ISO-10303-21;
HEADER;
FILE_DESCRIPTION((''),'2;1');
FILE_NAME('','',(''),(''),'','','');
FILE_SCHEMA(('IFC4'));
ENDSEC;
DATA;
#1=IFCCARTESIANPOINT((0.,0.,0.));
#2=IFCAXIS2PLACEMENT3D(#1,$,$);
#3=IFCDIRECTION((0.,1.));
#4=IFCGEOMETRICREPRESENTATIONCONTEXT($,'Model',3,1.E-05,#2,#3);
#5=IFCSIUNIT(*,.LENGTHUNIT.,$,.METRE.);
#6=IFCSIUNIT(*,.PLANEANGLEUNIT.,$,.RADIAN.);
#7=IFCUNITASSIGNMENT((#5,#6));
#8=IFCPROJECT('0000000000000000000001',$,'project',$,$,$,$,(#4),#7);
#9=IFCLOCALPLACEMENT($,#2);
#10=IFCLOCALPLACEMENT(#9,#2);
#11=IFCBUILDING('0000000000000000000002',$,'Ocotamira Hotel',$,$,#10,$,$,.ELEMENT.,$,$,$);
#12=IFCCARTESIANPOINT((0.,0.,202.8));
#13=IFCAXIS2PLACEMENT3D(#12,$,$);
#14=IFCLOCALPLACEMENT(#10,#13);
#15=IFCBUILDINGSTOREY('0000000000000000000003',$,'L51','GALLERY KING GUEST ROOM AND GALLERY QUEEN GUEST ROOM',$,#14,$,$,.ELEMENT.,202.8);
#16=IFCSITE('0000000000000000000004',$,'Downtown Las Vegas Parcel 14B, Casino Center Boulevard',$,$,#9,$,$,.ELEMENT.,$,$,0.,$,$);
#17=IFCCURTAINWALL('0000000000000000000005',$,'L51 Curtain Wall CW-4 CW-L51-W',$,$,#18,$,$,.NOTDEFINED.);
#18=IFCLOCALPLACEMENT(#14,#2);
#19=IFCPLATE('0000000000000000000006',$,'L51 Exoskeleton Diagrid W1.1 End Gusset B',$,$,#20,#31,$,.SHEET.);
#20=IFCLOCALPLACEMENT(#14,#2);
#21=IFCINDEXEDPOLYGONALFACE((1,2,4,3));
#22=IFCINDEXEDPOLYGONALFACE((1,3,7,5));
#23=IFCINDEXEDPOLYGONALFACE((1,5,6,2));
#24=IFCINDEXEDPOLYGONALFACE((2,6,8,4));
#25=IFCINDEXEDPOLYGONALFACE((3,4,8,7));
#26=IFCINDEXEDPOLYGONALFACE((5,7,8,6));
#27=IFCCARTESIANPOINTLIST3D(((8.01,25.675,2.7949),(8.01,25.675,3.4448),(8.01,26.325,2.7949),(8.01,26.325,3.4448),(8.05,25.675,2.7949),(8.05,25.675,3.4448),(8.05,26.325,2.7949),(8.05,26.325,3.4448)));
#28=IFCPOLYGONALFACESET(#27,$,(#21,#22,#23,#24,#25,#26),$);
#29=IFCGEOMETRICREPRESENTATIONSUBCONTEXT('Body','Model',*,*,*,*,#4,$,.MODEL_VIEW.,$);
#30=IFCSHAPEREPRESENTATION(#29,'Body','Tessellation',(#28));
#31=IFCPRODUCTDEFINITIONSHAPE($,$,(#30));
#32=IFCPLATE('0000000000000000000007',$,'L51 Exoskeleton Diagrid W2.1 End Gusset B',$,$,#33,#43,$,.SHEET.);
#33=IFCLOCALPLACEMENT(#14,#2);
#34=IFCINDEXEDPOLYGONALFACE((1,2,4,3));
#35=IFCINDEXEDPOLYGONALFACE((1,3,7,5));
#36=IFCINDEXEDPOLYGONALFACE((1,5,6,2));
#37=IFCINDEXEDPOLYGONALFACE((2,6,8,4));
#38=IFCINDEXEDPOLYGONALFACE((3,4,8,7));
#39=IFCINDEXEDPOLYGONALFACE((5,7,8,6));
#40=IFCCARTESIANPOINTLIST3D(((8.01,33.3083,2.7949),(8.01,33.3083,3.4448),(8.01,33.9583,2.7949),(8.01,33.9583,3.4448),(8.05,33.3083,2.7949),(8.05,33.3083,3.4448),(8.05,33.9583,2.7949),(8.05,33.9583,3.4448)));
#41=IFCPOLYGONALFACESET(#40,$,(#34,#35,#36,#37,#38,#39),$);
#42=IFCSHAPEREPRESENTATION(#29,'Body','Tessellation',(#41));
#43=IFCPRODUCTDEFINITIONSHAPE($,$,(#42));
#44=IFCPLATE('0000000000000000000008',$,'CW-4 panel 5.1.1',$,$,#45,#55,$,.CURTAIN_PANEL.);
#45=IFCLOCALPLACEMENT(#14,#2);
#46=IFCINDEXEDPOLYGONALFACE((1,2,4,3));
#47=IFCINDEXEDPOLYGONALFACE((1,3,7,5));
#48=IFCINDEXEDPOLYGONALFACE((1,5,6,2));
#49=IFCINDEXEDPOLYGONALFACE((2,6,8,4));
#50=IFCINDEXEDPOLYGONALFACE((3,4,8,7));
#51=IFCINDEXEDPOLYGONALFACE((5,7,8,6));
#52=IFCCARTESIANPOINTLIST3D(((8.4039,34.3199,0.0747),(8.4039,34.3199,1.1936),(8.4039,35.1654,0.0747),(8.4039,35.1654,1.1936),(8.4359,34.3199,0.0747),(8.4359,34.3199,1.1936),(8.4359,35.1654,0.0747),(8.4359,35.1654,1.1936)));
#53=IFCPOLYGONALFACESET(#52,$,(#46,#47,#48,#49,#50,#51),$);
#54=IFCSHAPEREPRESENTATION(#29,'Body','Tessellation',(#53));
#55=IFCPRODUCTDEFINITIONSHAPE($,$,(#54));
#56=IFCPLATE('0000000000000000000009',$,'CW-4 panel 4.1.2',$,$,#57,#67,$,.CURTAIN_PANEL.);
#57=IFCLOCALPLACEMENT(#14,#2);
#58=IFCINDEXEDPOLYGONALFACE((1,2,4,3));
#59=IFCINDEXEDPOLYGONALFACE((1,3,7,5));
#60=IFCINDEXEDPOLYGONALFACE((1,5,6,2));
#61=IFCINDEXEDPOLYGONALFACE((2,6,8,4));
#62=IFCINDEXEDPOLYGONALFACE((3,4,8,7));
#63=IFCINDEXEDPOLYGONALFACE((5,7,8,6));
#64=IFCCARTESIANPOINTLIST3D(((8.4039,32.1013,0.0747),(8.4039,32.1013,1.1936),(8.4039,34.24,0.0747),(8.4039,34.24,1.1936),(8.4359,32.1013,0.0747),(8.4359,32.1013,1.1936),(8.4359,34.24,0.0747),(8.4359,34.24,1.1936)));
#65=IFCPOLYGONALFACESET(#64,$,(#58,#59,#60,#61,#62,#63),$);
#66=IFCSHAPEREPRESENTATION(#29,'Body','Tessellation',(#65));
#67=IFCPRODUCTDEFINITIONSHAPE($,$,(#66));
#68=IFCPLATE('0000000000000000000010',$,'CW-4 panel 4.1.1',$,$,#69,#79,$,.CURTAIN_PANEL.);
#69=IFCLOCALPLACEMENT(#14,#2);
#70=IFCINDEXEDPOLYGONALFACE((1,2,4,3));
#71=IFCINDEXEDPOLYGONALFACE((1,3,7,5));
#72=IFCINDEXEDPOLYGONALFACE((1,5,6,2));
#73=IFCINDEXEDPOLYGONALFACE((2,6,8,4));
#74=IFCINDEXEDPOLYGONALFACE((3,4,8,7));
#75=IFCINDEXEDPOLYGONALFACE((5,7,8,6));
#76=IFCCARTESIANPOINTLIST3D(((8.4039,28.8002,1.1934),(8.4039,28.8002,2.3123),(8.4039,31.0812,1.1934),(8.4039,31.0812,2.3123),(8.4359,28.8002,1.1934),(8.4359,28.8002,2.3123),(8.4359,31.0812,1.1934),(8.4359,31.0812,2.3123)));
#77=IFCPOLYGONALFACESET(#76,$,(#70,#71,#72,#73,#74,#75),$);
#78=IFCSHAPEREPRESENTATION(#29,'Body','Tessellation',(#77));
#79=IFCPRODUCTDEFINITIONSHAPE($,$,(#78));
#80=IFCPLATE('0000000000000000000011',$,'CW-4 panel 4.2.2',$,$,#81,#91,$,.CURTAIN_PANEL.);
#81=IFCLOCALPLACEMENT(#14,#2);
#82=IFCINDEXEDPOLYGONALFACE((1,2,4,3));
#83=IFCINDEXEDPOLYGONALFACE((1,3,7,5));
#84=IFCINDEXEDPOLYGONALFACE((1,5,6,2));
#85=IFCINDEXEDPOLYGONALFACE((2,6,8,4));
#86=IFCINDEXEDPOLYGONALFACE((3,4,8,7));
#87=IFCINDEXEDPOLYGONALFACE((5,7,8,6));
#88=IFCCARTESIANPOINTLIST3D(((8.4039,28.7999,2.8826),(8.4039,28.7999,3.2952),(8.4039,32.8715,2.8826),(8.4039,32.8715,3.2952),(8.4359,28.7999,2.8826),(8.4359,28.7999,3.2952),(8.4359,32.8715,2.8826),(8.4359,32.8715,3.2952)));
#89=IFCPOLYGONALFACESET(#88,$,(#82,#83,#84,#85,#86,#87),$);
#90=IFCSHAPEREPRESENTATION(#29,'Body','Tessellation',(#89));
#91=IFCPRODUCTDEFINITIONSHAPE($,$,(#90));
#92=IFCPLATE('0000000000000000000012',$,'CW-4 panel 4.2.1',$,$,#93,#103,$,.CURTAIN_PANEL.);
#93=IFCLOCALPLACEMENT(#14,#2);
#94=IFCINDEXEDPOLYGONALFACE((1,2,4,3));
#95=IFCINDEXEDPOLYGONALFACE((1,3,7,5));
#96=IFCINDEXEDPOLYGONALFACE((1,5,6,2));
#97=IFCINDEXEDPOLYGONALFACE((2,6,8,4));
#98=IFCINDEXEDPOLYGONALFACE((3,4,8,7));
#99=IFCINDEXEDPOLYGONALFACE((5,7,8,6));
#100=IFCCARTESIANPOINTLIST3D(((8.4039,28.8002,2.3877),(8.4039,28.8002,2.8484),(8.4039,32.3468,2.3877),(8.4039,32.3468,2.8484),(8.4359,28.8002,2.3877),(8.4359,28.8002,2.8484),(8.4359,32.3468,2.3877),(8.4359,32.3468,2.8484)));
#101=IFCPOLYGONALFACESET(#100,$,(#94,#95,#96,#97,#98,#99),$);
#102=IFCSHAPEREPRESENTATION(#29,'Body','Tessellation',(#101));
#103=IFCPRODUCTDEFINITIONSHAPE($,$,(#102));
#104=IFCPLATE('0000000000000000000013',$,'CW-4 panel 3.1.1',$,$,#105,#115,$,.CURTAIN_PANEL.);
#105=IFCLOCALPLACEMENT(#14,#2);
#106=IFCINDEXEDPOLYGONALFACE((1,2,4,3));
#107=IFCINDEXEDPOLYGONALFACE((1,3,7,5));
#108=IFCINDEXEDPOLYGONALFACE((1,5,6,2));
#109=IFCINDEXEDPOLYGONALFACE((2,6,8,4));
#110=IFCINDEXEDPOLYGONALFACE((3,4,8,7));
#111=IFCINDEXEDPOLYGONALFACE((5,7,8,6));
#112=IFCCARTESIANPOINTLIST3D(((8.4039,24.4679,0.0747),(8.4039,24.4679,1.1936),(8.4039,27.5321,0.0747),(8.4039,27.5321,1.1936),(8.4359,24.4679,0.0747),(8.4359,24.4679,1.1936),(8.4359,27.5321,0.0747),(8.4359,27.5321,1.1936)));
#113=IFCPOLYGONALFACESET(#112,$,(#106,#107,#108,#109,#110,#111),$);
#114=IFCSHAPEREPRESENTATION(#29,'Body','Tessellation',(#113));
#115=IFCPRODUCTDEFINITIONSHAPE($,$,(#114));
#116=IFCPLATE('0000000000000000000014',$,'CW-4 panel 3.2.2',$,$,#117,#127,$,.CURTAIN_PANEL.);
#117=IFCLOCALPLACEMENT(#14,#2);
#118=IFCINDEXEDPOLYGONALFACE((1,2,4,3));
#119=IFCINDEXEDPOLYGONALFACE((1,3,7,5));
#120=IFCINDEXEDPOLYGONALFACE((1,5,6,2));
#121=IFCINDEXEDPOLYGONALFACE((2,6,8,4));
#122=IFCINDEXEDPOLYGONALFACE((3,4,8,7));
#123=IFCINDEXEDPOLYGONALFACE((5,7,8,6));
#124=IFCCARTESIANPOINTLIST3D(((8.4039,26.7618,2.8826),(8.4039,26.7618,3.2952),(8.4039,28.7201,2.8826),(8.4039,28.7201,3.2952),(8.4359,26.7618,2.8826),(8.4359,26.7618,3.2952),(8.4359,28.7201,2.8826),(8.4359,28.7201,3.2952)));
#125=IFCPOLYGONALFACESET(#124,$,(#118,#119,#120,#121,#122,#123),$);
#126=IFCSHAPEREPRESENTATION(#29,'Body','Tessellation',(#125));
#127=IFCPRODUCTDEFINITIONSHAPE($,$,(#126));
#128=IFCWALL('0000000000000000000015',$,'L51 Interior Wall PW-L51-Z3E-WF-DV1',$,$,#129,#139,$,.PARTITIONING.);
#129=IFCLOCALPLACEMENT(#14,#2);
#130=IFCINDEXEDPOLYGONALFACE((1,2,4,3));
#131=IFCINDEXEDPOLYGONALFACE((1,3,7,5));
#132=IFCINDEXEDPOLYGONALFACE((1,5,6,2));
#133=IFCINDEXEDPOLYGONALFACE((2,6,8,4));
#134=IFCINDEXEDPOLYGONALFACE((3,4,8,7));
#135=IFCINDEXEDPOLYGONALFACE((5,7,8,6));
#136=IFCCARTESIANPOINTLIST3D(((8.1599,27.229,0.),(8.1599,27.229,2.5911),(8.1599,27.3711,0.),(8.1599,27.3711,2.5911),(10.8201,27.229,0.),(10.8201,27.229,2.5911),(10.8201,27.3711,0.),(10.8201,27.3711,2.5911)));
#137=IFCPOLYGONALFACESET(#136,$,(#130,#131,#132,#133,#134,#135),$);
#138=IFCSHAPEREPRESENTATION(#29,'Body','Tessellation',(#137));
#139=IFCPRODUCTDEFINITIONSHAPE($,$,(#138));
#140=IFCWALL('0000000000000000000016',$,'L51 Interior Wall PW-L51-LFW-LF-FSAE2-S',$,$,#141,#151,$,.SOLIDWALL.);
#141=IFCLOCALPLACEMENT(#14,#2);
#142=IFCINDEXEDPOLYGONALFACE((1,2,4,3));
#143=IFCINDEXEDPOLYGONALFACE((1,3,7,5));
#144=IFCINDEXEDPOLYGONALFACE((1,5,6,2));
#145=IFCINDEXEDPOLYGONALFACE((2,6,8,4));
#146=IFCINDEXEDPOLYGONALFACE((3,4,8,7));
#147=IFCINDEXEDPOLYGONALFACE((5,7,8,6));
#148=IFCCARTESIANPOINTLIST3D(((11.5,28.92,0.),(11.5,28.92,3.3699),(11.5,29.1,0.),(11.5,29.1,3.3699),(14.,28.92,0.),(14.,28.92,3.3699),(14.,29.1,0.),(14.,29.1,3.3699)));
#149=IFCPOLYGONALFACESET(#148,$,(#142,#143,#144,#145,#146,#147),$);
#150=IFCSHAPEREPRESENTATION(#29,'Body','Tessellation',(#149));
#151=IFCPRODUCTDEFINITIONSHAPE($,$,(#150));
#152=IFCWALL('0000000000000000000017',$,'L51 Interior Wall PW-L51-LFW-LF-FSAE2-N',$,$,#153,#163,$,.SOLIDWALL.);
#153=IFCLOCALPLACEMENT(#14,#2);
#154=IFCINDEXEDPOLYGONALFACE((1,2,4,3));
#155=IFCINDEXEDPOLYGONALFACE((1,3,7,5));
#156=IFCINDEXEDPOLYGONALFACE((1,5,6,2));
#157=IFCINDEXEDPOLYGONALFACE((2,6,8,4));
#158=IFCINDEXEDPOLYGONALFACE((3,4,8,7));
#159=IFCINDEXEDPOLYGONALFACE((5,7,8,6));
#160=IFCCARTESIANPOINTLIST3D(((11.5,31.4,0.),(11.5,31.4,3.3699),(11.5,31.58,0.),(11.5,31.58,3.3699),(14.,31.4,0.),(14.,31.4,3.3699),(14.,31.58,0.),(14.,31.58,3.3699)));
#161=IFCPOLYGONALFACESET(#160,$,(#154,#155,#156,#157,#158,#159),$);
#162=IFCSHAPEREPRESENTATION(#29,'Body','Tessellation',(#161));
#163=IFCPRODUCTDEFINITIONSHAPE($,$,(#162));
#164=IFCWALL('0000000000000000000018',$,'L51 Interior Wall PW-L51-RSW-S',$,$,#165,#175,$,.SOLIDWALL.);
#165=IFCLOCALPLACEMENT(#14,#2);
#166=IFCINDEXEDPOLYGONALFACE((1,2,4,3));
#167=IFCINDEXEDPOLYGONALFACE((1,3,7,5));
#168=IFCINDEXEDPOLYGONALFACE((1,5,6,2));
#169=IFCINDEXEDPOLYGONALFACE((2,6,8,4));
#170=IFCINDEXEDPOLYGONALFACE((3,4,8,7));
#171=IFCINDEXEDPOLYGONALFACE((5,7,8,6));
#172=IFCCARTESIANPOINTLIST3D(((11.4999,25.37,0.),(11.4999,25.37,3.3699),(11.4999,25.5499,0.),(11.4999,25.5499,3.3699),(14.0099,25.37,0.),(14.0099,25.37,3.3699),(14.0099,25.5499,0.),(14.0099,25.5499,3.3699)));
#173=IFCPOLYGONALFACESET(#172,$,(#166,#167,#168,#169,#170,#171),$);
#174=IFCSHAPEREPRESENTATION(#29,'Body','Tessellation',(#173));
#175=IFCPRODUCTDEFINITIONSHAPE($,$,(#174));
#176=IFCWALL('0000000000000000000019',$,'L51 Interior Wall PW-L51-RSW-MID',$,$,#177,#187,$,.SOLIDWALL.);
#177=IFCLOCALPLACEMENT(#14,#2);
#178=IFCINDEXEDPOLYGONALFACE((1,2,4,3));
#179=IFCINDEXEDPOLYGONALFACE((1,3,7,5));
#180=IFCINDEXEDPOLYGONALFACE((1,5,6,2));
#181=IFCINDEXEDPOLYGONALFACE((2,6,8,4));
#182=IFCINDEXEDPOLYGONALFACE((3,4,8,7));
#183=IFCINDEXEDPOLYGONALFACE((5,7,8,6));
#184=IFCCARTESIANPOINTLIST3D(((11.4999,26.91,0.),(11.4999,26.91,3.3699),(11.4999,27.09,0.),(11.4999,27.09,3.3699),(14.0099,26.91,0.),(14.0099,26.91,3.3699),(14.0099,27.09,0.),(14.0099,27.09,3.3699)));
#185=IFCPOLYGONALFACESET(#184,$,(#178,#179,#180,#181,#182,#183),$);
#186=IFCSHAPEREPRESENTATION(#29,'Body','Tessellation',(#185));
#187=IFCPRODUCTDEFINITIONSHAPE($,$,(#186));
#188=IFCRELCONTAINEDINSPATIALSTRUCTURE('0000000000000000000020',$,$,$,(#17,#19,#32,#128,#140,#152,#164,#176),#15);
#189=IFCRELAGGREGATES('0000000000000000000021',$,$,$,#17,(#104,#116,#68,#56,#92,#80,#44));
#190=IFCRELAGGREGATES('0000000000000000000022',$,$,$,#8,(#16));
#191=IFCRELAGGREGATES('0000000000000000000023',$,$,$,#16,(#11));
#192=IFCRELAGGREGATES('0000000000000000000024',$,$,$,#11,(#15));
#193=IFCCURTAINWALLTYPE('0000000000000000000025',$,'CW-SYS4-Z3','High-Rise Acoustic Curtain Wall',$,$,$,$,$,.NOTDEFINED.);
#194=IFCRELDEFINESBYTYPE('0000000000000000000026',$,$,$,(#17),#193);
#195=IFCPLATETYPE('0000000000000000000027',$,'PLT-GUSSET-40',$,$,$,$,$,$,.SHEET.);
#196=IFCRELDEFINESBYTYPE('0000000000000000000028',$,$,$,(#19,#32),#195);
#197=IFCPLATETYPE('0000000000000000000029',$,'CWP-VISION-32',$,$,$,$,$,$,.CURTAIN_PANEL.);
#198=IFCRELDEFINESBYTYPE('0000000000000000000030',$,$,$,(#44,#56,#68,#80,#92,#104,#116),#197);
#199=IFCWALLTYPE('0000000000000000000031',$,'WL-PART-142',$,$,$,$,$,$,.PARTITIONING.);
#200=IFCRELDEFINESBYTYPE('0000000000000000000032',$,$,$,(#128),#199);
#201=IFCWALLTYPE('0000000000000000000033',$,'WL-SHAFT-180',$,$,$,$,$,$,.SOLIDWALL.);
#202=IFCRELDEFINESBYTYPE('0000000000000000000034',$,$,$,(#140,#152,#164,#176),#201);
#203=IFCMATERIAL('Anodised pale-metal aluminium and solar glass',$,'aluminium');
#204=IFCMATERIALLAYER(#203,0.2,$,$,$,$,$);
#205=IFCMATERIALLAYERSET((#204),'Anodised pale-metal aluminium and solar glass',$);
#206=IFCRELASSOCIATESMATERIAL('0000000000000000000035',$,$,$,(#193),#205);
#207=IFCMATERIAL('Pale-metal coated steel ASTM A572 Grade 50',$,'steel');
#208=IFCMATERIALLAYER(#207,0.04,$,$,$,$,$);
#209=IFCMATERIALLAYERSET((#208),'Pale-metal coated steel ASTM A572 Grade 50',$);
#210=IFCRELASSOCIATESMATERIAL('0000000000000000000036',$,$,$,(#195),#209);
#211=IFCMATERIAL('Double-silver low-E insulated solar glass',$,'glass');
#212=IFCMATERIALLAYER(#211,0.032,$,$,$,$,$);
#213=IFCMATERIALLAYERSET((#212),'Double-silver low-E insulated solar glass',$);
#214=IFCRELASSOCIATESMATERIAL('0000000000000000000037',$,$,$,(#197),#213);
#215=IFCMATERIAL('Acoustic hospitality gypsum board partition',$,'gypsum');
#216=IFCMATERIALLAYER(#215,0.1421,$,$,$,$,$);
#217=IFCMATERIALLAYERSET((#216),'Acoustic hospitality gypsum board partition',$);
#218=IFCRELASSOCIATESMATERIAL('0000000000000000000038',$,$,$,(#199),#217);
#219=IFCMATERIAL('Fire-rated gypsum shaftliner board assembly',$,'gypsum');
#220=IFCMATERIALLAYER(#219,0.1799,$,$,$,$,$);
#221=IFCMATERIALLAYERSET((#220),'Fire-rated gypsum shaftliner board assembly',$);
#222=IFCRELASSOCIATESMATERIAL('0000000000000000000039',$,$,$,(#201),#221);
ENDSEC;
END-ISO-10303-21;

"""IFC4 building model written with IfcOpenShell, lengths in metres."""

from ifc_helpers import new_model, si_unit, direction, frame, frame_2d, origin, origin_2d, place, context, subcontext, project, spatial, rectangle, extrude, source, transform, mapped, material, layer, layer_set, type_object, element, aggregate, save


model = new_model("IFC4")

# Units and contexts
model_context = context("Model", 3, precision=1e-05, world=origin(), true_north=direction((0.0, 1.0)))
body_context = subcontext(model_context, "Body", "Model", "MODEL_VIEW")
ifc_project = project(units=[si_unit("LENGTHUNIT", "METRE"), si_unit("PLANEANGLEUNIT", "RADIAN")], contexts=[model_context])

# Site, building, storey
site_placement = place(None, origin())
site = spatial("IfcSite", under=ifc_project, at=site_placement, Name="Downtown Las Vegas Parcel 14B, Casino Center Boulevard", CompositionType="ELEMENT", RefElevation=0.0)
building_placement = place(site_placement, origin())
building = spatial("IfcBuilding", under=site, at=building_placement, Name="Ocotamira Hotel", CompositionType="ELEMENT")
storey_placement = place(building_placement, frame((0.0, 0.0, 202.8)))
storey = spatial("IfcBuildingStorey", under=building, at=storey_placement, Name="L51", Description="GALLERY KING GUEST ROOM AND GALLERY QUEEN GUEST ROOM", CompositionType="ELEMENT", Elevation=202.8)

# Curtain wall
ifc_material_1 = material(Name="Anodised pale-metal aluminium and solar glass", Category="aluminium")
ifc_layer_1 = layer(ifc_material_1, 0.2)
ifc_layer_set_1 = layer_set([ifc_layer_1], Name="Anodised pale-metal aluminium and solar glass")
curtain_wall_type = type_object("IfcCurtainWallType", Name="CW-SYS4-Z3", Description="High-Rise Acoustic Curtain Wall", PredefinedType="NOTDEFINED", material=ifc_layer_set_1)
curtain_wall_placement = place(storey_placement, origin())
curtain_wall = element("IfcCurtainWall", 1, at=curtain_wall_placement, inside=storey, type_object=curtain_wall_type, Name="L51 Curtain Wall CW-4 CW-L51-W", PredefinedType="NOTDEFINED")

# Plates
ifc_material_2 = material(Name="Pale-metal coated steel ASTM A572 Grade 50", Category="steel")
ifc_layer_2 = layer(ifc_material_2, 0.04)
ifc_layer_set_2 = layer_set([ifc_layer_2], Name="Pale-metal coated steel ASTM A572 Grade 50")
plate_type_1 = type_object("IfcPlateType", Name="PLT-GUSSET-40", PredefinedType="SHEET", material=ifc_layer_set_2)
shared_shape_1 = source(origin(), body_context, "Body", "SweptSolid", [
    extrude(rectangle(XDim=0.04, YDim=0.6499, at=origin_2d()), origin(), (0.0, 0.0, 1.0), 0.6499),
])
for number, where, z_axis, x_axis, name in (
    (2, (8.03, 26.0, 2.7949), (0.0, 0.0, 1.0), (1.0, 0.0, 0.0), "L51 Exoskeleton Diagrid W1.1 End Gusset B"),
    (3, (8.03, 33.6333, 2.7949), (0.0, 0.0, 1.0), (1.0, 0.0, 0.0), "L51 Exoskeleton Diagrid W2.1 End Gusset B"),
):
    element("IfcPlate", number, at=place(storey_placement, frame(where, z_axis=z_axis, x_axis=x_axis)), inside=storey, type_object=plate_type_1, Name=name, PredefinedType="SHEET", context=body_context, shape_type="MappedRepresentation", body=[
        mapped(shared_shape_1, transform((0.0, 0.0, 0.0), scale=1.0)),
    ])

# Plates
ifc_material_3 = material(Name="Double-silver low-E insulated solar glass", Category="glass")
ifc_layer_3 = layer(ifc_material_3, 0.032)
ifc_layer_set_3 = layer_set([ifc_layer_3], Name="Double-silver low-E insulated solar glass")
plate_type_2 = type_object("IfcPlateType", Name="CWP-VISION-32", PredefinedType="CURTAIN_PANEL", material=ifc_layer_set_3)
shared_shape_2 = source(origin(), body_context, "Body", "SweptSolid", [
    extrude(rectangle(XDim=0.8455, YDim=0.032, at=origin_2d()), origin(), (0.0, 0.0, 1.0), 1.1189),
])
plate_1_placement = place(storey_placement, frame((8.4199, 34.7427, 0.0747), z_axis=(0.0, 0.0, 1.0), x_axis=(0.0, 1.0, 0.0)))
plate_1 = element("IfcPlate", 4, at=plate_1_placement, type_object=plate_type_2, Name="CW-4 panel 5.1.1", PredefinedType="CURTAIN_PANEL", context=body_context, shape_type="MappedRepresentation", body=[
    mapped(shared_shape_2, transform((0.0, 0.0, 0.0), scale=1.0)),
])
shared_shape_3 = source(origin(), body_context, "Body", "SweptSolid", [
    extrude(rectangle(XDim=2.1387, YDim=0.032, at=origin_2d()), origin(), (0.0, 0.0, 1.0), 1.1189),
])
plate_2_placement = place(storey_placement, frame((8.4199, 33.1707, 0.0747), z_axis=(0.0, 0.0, 1.0), x_axis=(0.0, 1.0, 0.0)))
plate_2 = element("IfcPlate", 5, at=plate_2_placement, type_object=plate_type_2, Name="CW-4 panel 4.1.2", PredefinedType="CURTAIN_PANEL", context=body_context, shape_type="MappedRepresentation", body=[
    mapped(shared_shape_3, transform((0.0, 0.0, 0.0), scale=1.0)),
])
shared_shape_4 = source(origin(), body_context, "Body", "SweptSolid", [
    extrude(rectangle(XDim=2.281, YDim=0.032, at=origin_2d()), origin(), (0.0, 0.0, 1.0), 1.1189),
])
plate_3_placement = place(storey_placement, frame((8.4199, 29.9407, 1.1934), z_axis=(0.0, 0.0, 1.0), x_axis=(0.0, 1.0, 0.0)))
plate_3 = element("IfcPlate", 6, at=plate_3_placement, type_object=plate_type_2, Name="CW-4 panel 4.1.1", PredefinedType="CURTAIN_PANEL", context=body_context, shape_type="MappedRepresentation", body=[
    mapped(shared_shape_4, transform((0.0, 0.0, 0.0), scale=1.0)),
])
shared_shape_5 = source(origin(), body_context, "Body", "SweptSolid", [
    extrude(rectangle(XDim=4.0715, YDim=0.032, at=origin_2d()), origin(), (0.0, 0.0, 1.0), 0.4126),
])
plate_4_placement = place(storey_placement, frame((8.4199, 30.8357, 2.8826), z_axis=(0.0, 0.0, 1.0), x_axis=(0.0, 1.0, 0.0)))
plate_4 = element("IfcPlate", 7, at=plate_4_placement, type_object=plate_type_2, Name="CW-4 panel 4.2.2", PredefinedType="CURTAIN_PANEL", context=body_context, shape_type="MappedRepresentation", body=[
    mapped(shared_shape_5, transform((0.0, 0.0, 0.0), scale=1.0)),
])
shared_shape_6 = source(origin(), body_context, "Body", "SweptSolid", [
    extrude(rectangle(XDim=3.5466, YDim=0.032, at=origin_2d()), origin(), (0.0, 0.0, 1.0), 0.4607),
])
plate_5_placement = place(storey_placement, frame((8.4199, 30.5735, 2.3877), z_axis=(0.0, 0.0, 1.0), x_axis=(0.0, 1.0, 0.0)))
plate_5 = element("IfcPlate", 8, at=plate_5_placement, type_object=plate_type_2, Name="CW-4 panel 4.2.1", PredefinedType="CURTAIN_PANEL", context=body_context, shape_type="MappedRepresentation", body=[
    mapped(shared_shape_6, transform((0.0, 0.0, 0.0), scale=1.0)),
])
shared_shape_7 = source(origin(), body_context, "Body", "SweptSolid", [
    extrude(rectangle(XDim=3.0642, YDim=0.032, at=origin_2d()), origin(), (0.0, 0.0, 1.0), 1.1189),
])
plate_6_placement = place(storey_placement, frame((8.4199, 26.0, 0.0747), z_axis=(0.0, 0.0, 1.0), x_axis=(0.0, 1.0, 0.0)))
plate_6 = element("IfcPlate", 9, at=plate_6_placement, type_object=plate_type_2, Name="CW-4 panel 3.1.1", PredefinedType="CURTAIN_PANEL", context=body_context, shape_type="MappedRepresentation", body=[
    mapped(shared_shape_7, transform((0.0, 0.0, 0.0), scale=1.0)),
])
shared_shape_8 = source(origin(), body_context, "Body", "SweptSolid", [
    extrude(rectangle(XDim=1.9583, YDim=0.032, at=origin_2d()), origin(), (0.0, 0.0, 1.0), 0.4126),
])
plate_7_placement = place(storey_placement, frame((8.4199, 27.741, 2.8826), z_axis=(0.0, 0.0, 1.0), x_axis=(0.0, 1.0, 0.0)))
plate_7 = element("IfcPlate", 10, at=plate_7_placement, type_object=plate_type_2, Name="CW-4 panel 3.2.2", PredefinedType="CURTAIN_PANEL", context=body_context, shape_type="MappedRepresentation", body=[
    mapped(shared_shape_8, transform((0.0, 0.0, 0.0), scale=1.0)),
])
aggregate(curtain_wall, [plate_6, plate_7, plate_3, plate_2, plate_5, plate_4, plate_1])

# Walls
ifc_material_4 = material(Name="Acoustic hospitality gypsum board partition", Category="gypsum")
ifc_layer_4 = layer(ifc_material_4, 0.1421)
ifc_layer_set_4 = layer_set([ifc_layer_4], Name="Acoustic hospitality gypsum board partition")
wall_type_1 = type_object("IfcWallType", Name="WL-PART-142", PredefinedType="PARTITIONING", material=ifc_layer_set_4)
wall_1_placement = place(storey_placement, frame((8.1599, 27.3, 0.0), z_axis=(0.0, 0.0, 1.0), x_axis=(1.0, 0.0, 0.0)))
element("IfcWall", 11, at=wall_1_placement, inside=storey, type_object=wall_type_1, Name="L51 Interior Wall PW-L51-Z3E-WF-DV1", PredefinedType="PARTITIONING", context=body_context, shape_type="SweptSolid", body=[
    extrude(rectangle(XDim=2.6602, YDim=0.1421, at=frame_2d((1.3301, 0.0))), origin(), (0.0, 0.0, 1.0), 2.5911),
])
ifc_material_5 = material(Name="Fire-rated gypsum shaftliner board assembly", Category="gypsum")
ifc_layer_5 = layer(ifc_material_5, 0.1799)
ifc_layer_set_5 = layer_set([ifc_layer_5], Name="Fire-rated gypsum shaftliner board assembly")
wall_type_2 = type_object("IfcWallType", Name="WL-SHAFT-180", PredefinedType="SOLIDWALL", material=ifc_layer_set_5)
for number, where, z_axis, x_axis, name in (
    (12, (11.5, 29.01, 0.0), (0.0, 0.0, 1.0), (1.0, 0.0, 0.0), "L51 Interior Wall PW-L51-LFW-LF-FSAE2-S"),
    (13, (11.5, 31.49, 0.0), (0.0, 0.0, 1.0), (1.0, 0.0, 0.0), "L51 Interior Wall PW-L51-LFW-LF-FSAE2-N"),
):
    element("IfcWall", number, at=place(storey_placement, frame(where, z_axis=z_axis, x_axis=x_axis)), inside=storey, type_object=wall_type_2, Name=name, PredefinedType="SOLIDWALL", context=body_context, shape_type="SweptSolid", body=[
        extrude(rectangle(XDim=2.5, YDim=0.1799, at=frame_2d((1.25, 0.0))), origin(), (0.0, 0.0, 1.0), 3.3699),
    ])
for number, where, z_axis, x_axis, name in (
    (14, (11.5, 25.46, 0.0), (0.0, 0.0, 1.0), (1.0, 0.0, 0.0), "L51 Interior Wall PW-L51-RSW-S"),
    (15, (11.5, 27.0, 0.0), (0.0, 0.0, 1.0), (1.0, 0.0, 0.0), "L51 Interior Wall PW-L51-RSW-MID"),
):
    element("IfcWall", number, at=place(storey_placement, frame(where, z_axis=z_axis, x_axis=x_axis)), inside=storey, type_object=wall_type_2, Name=name, PredefinedType="SOLIDWALL", context=body_context, shape_type="SweptSolid", body=[
        extrude(rectangle(XDim=2.51, YDim=0.1799, at=frame_2d((1.2549, 0.0))), origin(), (0.0, 0.0, 1.0), 3.3699),
    ])

save(model, "model.ifc")
